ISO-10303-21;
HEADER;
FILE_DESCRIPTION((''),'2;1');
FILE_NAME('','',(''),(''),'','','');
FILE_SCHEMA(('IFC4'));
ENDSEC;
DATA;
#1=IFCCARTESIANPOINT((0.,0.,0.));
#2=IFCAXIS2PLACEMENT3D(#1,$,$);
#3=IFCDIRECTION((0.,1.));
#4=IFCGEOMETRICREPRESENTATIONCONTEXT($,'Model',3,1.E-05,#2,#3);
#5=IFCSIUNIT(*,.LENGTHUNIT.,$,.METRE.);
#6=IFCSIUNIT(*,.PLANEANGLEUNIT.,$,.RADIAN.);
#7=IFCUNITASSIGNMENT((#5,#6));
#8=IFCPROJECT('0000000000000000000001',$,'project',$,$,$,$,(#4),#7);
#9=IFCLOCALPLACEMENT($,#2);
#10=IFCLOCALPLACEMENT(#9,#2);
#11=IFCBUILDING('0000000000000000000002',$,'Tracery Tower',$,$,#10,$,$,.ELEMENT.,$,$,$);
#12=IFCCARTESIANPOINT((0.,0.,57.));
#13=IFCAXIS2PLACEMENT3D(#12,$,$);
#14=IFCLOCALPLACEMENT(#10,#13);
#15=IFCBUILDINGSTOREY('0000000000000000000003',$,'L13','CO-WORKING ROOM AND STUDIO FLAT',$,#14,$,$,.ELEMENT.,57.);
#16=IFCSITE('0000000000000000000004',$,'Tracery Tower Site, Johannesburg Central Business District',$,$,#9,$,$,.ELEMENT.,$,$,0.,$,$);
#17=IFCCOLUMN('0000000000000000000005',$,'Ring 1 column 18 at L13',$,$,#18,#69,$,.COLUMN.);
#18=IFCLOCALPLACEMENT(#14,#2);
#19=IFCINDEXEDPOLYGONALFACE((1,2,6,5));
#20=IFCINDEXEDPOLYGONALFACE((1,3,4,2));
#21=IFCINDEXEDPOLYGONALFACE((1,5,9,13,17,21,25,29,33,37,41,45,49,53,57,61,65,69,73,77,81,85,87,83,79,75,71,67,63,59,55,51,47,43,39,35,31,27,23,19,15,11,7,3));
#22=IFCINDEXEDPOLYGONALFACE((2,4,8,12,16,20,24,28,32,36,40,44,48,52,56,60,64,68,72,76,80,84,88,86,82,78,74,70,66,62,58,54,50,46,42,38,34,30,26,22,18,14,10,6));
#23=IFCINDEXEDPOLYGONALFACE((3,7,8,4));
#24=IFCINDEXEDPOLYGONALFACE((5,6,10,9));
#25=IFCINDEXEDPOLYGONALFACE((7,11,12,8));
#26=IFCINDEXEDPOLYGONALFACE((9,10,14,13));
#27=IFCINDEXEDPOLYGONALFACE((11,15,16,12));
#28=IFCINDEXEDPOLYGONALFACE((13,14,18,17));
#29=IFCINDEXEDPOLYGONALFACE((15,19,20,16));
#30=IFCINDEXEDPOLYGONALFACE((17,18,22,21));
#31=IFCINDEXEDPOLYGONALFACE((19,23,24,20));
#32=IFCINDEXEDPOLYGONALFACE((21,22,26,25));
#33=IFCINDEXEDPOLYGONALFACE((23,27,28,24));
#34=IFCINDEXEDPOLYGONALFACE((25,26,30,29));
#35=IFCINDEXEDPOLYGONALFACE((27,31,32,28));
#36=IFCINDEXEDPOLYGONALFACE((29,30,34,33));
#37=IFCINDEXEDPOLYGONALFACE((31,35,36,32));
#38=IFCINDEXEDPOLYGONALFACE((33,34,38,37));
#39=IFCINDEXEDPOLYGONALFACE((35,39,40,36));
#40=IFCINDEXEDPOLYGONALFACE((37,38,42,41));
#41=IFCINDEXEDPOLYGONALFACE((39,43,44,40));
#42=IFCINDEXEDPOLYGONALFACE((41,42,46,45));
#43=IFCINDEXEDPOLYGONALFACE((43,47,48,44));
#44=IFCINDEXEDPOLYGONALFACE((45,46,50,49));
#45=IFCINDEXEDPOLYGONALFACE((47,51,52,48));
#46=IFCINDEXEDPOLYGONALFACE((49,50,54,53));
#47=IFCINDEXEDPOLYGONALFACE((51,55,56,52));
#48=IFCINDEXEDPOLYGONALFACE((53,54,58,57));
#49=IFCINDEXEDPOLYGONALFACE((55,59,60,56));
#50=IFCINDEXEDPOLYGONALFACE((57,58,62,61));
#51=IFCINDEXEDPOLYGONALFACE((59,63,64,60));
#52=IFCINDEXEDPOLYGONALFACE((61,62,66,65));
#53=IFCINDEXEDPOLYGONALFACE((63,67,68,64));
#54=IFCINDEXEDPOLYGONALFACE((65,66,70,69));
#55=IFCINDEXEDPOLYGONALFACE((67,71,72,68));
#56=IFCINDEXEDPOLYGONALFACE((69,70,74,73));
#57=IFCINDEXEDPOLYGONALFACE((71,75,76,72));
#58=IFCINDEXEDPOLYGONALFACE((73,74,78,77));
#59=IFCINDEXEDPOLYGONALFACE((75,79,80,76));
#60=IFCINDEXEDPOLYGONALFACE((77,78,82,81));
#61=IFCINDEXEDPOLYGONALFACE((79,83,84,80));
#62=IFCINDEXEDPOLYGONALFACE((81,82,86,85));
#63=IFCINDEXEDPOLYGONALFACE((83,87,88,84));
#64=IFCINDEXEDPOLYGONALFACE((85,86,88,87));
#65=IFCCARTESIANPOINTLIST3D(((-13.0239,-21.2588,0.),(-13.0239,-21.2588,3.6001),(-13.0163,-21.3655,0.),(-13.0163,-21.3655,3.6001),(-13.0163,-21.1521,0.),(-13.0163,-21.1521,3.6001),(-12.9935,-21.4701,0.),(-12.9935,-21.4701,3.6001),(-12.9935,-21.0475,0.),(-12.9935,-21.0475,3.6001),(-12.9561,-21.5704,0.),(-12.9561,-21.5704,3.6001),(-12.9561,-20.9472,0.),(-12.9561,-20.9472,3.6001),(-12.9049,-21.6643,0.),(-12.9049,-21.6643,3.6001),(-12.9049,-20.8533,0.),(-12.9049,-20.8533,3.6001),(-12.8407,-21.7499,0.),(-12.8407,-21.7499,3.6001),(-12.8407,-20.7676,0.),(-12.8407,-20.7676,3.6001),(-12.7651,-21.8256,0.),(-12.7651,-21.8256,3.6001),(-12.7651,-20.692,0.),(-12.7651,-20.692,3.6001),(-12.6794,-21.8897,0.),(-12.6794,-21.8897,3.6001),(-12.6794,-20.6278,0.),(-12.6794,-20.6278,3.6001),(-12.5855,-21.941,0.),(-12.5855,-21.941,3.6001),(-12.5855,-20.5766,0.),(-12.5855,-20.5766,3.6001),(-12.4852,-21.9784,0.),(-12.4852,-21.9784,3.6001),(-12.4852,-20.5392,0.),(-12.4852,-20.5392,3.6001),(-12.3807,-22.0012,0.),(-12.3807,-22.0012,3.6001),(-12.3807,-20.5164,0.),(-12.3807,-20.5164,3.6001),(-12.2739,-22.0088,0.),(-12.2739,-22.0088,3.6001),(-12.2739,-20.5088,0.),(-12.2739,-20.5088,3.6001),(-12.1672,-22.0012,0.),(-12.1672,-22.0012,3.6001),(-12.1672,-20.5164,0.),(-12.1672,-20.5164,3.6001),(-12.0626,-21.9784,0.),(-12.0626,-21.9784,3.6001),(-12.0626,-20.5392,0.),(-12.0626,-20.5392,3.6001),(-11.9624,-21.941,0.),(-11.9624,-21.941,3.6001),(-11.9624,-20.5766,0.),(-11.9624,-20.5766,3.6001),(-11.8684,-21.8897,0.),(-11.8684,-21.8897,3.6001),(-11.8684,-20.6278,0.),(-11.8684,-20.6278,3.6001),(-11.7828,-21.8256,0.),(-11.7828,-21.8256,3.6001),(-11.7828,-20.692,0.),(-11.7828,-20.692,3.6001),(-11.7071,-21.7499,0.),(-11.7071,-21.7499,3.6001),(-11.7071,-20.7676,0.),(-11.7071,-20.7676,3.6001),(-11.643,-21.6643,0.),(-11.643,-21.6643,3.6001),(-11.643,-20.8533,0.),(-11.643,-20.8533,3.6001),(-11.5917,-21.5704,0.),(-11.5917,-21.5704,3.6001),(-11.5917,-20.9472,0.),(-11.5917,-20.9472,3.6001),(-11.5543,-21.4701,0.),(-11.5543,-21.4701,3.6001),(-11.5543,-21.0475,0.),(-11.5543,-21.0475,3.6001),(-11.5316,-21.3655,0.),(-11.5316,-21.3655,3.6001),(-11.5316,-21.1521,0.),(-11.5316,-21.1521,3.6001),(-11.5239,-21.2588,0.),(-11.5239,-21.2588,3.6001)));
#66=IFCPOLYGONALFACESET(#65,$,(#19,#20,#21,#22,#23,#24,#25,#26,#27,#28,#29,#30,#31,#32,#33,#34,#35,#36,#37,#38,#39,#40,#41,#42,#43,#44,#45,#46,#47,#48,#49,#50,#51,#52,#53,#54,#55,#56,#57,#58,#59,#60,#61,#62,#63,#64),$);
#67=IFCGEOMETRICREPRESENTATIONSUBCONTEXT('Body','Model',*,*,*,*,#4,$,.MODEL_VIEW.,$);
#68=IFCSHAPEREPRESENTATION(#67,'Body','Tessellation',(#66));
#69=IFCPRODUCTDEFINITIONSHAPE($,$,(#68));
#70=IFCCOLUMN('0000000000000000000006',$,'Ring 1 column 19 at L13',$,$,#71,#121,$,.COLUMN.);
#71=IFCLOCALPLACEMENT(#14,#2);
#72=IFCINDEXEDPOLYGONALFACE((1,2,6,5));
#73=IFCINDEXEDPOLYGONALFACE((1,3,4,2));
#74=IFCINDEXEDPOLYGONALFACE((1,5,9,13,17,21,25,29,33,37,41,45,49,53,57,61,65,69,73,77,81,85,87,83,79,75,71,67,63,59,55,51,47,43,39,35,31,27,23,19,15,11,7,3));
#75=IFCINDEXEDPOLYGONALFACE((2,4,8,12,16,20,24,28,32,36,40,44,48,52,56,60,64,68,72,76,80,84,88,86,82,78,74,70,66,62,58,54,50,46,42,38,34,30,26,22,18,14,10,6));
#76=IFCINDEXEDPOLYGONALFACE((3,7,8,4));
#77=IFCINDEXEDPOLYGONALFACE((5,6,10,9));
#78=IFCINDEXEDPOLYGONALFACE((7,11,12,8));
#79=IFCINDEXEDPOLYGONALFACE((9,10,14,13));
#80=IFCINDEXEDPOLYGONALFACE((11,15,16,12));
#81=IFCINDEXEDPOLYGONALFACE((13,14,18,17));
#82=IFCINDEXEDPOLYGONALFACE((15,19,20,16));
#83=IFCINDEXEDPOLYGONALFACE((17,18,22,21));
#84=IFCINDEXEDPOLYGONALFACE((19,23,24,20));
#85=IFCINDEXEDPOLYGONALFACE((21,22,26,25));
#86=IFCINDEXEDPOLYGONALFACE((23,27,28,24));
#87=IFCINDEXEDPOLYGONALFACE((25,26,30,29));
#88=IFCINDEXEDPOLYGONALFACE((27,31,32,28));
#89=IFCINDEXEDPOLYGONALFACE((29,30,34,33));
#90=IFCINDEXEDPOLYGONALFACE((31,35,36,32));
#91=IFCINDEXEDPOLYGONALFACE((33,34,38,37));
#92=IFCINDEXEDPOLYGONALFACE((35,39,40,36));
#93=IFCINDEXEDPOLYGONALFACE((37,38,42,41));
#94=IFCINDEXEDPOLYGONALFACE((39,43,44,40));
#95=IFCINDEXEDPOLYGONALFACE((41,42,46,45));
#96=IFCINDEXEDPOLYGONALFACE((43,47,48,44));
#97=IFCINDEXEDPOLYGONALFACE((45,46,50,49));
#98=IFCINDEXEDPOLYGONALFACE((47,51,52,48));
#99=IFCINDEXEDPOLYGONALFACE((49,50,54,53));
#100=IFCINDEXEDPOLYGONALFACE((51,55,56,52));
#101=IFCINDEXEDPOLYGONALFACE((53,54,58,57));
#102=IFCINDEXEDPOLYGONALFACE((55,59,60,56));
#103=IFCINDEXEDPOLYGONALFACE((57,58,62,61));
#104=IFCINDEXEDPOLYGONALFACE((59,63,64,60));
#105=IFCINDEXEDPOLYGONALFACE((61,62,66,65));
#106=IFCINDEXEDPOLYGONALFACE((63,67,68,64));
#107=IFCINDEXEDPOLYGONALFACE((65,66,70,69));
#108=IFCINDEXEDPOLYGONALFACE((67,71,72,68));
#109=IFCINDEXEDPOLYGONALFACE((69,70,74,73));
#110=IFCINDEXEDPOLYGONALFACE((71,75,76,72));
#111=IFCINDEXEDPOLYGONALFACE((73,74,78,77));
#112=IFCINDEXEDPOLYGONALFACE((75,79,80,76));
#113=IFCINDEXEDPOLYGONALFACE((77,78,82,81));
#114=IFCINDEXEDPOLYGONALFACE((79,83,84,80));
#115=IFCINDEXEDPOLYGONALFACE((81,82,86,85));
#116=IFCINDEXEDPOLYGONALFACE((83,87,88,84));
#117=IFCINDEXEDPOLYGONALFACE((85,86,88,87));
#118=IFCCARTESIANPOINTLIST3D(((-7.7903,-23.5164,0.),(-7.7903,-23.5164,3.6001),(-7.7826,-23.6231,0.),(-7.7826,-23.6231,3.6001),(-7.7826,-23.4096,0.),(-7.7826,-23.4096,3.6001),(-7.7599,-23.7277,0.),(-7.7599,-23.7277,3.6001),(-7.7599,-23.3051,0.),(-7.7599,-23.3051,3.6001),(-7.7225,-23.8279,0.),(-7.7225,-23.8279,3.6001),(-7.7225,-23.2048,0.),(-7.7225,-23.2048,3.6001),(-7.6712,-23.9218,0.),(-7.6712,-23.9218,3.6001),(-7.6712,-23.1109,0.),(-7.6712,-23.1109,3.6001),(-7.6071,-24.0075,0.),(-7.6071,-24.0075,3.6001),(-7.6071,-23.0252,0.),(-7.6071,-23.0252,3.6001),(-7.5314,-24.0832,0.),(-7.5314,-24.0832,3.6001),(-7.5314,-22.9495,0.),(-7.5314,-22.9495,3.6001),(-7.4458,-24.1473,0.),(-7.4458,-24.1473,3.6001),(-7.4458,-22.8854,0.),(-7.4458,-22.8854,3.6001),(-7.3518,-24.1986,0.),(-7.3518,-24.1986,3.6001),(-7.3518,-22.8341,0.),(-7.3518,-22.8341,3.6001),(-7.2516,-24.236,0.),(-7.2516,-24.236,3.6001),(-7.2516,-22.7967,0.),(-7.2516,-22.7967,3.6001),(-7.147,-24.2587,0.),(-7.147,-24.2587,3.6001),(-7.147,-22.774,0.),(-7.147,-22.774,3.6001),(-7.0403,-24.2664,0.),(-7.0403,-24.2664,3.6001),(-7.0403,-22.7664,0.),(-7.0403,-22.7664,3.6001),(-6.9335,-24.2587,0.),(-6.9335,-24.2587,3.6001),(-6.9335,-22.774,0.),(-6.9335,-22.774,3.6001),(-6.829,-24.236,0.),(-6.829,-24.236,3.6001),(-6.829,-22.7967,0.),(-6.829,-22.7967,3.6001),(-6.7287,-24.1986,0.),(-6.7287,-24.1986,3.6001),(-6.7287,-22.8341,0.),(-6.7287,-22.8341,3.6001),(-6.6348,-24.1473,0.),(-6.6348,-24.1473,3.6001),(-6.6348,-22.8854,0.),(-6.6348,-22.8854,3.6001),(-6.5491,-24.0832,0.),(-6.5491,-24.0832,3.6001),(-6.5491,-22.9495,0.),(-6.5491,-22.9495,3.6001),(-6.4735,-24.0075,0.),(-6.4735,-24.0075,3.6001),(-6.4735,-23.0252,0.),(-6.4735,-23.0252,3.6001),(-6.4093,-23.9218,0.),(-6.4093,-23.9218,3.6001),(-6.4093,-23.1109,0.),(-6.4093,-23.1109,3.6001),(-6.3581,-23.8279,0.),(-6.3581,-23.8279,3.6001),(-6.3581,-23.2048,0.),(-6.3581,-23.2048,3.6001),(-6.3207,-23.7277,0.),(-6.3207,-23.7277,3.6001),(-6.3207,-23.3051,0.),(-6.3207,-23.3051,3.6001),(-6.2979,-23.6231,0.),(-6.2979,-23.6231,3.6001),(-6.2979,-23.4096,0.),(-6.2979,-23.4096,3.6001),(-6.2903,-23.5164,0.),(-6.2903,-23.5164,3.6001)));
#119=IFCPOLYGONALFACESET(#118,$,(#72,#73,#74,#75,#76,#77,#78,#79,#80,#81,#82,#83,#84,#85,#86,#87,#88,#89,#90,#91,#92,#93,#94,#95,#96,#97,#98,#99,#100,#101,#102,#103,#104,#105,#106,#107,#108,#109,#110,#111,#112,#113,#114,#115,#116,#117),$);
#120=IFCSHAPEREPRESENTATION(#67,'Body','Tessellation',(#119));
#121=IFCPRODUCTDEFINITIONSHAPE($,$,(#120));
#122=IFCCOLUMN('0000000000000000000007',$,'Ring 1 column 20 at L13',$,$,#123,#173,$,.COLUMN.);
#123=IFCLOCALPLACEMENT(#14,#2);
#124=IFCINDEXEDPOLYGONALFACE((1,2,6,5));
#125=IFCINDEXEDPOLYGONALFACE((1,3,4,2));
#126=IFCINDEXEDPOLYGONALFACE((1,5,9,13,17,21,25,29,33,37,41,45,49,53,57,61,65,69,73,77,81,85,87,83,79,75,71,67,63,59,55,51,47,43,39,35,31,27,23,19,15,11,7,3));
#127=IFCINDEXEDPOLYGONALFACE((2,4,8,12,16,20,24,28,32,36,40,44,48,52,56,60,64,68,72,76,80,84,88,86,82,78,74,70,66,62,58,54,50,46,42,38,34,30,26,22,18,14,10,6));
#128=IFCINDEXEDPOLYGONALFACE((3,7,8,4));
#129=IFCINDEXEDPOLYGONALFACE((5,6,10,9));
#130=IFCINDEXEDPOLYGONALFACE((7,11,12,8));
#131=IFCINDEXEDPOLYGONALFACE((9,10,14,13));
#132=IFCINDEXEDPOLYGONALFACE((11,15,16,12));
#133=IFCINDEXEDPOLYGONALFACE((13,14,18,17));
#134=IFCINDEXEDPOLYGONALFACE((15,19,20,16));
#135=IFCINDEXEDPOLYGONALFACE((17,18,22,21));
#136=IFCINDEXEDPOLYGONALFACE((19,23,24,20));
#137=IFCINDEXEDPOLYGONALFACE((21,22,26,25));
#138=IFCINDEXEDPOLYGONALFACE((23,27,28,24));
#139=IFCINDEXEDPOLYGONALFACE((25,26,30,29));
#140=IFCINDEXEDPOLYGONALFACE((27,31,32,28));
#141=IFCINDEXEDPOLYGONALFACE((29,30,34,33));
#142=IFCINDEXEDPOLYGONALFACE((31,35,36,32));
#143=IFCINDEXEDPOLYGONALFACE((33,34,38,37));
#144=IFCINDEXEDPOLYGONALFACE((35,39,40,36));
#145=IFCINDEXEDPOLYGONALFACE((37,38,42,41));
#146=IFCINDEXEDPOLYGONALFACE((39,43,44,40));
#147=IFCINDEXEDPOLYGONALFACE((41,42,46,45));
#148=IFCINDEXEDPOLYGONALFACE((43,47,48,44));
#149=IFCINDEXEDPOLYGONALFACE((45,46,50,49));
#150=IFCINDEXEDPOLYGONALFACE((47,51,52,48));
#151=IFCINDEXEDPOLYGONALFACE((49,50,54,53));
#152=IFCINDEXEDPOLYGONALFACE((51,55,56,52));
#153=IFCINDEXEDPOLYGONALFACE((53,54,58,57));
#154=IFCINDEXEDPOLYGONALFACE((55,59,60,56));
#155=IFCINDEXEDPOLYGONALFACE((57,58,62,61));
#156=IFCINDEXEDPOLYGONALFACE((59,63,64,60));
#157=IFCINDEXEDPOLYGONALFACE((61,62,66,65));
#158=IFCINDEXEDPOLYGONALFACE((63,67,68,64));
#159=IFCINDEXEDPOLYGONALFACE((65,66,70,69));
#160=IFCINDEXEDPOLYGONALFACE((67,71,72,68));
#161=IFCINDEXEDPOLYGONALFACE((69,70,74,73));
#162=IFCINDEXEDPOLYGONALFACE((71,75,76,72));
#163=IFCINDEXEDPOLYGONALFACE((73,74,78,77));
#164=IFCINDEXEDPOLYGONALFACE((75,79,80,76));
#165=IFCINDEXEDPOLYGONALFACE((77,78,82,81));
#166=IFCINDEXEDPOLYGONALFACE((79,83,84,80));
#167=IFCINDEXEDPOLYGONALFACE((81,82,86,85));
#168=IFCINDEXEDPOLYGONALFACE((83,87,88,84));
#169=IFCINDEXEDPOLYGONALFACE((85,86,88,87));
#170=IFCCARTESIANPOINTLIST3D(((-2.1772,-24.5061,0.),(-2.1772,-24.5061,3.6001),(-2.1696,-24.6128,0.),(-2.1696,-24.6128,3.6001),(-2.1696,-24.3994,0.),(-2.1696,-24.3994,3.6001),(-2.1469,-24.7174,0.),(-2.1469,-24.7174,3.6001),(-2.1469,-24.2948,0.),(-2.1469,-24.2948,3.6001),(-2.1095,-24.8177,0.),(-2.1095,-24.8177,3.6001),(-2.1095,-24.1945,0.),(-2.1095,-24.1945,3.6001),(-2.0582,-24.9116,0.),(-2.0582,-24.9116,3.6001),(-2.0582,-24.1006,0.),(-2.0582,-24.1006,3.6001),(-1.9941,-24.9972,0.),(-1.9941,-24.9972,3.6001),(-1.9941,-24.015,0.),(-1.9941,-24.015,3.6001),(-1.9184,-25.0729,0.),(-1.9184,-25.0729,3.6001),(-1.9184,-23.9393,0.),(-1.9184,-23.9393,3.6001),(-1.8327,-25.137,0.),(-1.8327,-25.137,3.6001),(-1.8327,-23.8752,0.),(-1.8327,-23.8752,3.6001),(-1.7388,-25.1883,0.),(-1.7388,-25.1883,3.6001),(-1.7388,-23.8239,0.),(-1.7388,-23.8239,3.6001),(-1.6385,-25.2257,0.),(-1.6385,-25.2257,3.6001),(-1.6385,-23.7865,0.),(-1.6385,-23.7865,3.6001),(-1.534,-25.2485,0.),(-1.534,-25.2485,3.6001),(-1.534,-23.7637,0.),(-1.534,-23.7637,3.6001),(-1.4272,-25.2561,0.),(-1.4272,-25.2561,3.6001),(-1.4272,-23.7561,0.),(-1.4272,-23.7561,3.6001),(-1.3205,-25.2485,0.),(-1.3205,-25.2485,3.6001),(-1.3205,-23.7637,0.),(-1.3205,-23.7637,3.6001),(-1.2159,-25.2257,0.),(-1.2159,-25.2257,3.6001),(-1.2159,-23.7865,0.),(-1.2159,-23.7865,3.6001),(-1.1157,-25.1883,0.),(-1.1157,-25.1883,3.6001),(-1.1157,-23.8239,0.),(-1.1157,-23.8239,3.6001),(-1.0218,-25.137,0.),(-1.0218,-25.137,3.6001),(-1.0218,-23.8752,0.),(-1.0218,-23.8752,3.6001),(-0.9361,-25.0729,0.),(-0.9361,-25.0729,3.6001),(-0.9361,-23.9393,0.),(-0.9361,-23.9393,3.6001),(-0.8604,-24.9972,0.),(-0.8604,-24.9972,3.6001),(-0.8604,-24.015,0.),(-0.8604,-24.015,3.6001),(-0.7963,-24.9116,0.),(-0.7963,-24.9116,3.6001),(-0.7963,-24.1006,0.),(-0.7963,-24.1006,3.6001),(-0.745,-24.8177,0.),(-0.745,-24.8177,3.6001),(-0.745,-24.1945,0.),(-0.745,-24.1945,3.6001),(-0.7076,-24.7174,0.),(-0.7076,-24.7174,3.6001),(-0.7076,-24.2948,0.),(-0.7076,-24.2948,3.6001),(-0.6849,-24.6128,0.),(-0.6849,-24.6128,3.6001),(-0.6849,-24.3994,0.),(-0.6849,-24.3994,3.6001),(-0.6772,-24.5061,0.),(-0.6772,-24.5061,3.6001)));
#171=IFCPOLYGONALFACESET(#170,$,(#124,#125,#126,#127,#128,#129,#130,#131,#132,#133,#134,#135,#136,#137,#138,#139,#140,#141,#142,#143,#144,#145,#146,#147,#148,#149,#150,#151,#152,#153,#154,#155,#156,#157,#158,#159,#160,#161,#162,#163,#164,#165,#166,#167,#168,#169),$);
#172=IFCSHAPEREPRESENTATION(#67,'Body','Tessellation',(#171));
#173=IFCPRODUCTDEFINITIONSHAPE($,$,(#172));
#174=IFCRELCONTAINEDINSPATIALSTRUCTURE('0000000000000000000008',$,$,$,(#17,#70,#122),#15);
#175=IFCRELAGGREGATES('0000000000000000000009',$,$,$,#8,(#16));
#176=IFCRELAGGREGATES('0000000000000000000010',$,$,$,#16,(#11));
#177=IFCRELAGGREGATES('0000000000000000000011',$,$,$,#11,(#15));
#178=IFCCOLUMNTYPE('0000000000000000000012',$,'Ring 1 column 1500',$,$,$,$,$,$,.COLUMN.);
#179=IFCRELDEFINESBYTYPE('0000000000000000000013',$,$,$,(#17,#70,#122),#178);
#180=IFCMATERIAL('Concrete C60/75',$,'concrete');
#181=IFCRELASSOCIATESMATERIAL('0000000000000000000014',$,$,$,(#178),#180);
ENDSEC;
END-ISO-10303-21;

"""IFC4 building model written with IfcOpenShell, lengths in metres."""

from ifc_helpers import new_model, si_unit, direction, frame, origin, origin_2d, place, context, subcontext, project, spatial, circle, extrude, material, material_profile, profile_set, type_object, element, save


model = new_model("IFC4")

# Units and contexts
model_context = context("Model", 3, precision=1e-05, world=origin(), true_north=direction((0.0, 1.0)))
body_context = subcontext(model_context, "Body", "Model", "MODEL_VIEW")
ifc_project = project(units=[si_unit("LENGTHUNIT", "METRE"), si_unit("PLANEANGLEUNIT", "RADIAN")], contexts=[model_context])

# Site, building, storey
site_placement = place(None, origin())
site = spatial("IfcSite", under=ifc_project, at=site_placement, Name="Tracery Tower Site, Johannesburg Central Business District", CompositionType="ELEMENT", RefElevation=0.0)
building_placement = place(site_placement, origin())
building = spatial("IfcBuilding", under=site, at=building_placement, Name="Tracery Tower", CompositionType="ELEMENT")
storey_placement = place(building_placement, frame((0.0, 0.0, 57.0)))
storey = spatial("IfcBuildingStorey", under=building, at=storey_placement, Name="L13", Description="CO-WORKING ROOM AND STUDIO FLAT", CompositionType="ELEMENT", Elevation=57.0)

# Columns
ifc_material_1 = material(Name="Concrete C60/75", Category="concrete")
ifc_material_profile_1 = material_profile(ifc_material_1, circle(Radius=0.75, at=origin_2d()), Name="RC D1500")
ifc_profile_set_1 = profile_set([ifc_material_profile_1], Name="Concrete C60/75")
column_type_1 = type_object("IfcColumnType", Name="Ring 1 column 1500", PredefinedType="COLUMN", material=ifc_profile_set_1)
for number, where, z_axis, x_axis, name in (
    (1, (-12.2739, -21.2588, 0.0), (0.0, 0.0, 1.0), (1.0, 0.0, 0.0), "Ring 1 column 18 at L13"),
    (2, (-7.0403, -23.5164, 0.0), (0.0, 0.0, 1.0), (1.0, 0.0, 0.0), "Ring 1 column 19 at L13"),
    (3, (-1.4272, -24.5061, 0.0), (0.0, 0.0, 1.0), (1.0, 0.0, 0.0), "Ring 1 column 20 at L13"),
):
    element("IfcColumn", number, at=place(storey_placement, frame(where, z_axis=z_axis, x_axis=x_axis)), inside=storey, type_object=column_type_1, Name=name, PredefinedType="COLUMN", context=body_context, shape_type="SweptSolid", body=[
        extrude(circle(Radius=0.75, at=origin_2d()), origin(), (0.0, 0.0, 1.0), 3.6001),
    ])

save(model, "model.ifc")
